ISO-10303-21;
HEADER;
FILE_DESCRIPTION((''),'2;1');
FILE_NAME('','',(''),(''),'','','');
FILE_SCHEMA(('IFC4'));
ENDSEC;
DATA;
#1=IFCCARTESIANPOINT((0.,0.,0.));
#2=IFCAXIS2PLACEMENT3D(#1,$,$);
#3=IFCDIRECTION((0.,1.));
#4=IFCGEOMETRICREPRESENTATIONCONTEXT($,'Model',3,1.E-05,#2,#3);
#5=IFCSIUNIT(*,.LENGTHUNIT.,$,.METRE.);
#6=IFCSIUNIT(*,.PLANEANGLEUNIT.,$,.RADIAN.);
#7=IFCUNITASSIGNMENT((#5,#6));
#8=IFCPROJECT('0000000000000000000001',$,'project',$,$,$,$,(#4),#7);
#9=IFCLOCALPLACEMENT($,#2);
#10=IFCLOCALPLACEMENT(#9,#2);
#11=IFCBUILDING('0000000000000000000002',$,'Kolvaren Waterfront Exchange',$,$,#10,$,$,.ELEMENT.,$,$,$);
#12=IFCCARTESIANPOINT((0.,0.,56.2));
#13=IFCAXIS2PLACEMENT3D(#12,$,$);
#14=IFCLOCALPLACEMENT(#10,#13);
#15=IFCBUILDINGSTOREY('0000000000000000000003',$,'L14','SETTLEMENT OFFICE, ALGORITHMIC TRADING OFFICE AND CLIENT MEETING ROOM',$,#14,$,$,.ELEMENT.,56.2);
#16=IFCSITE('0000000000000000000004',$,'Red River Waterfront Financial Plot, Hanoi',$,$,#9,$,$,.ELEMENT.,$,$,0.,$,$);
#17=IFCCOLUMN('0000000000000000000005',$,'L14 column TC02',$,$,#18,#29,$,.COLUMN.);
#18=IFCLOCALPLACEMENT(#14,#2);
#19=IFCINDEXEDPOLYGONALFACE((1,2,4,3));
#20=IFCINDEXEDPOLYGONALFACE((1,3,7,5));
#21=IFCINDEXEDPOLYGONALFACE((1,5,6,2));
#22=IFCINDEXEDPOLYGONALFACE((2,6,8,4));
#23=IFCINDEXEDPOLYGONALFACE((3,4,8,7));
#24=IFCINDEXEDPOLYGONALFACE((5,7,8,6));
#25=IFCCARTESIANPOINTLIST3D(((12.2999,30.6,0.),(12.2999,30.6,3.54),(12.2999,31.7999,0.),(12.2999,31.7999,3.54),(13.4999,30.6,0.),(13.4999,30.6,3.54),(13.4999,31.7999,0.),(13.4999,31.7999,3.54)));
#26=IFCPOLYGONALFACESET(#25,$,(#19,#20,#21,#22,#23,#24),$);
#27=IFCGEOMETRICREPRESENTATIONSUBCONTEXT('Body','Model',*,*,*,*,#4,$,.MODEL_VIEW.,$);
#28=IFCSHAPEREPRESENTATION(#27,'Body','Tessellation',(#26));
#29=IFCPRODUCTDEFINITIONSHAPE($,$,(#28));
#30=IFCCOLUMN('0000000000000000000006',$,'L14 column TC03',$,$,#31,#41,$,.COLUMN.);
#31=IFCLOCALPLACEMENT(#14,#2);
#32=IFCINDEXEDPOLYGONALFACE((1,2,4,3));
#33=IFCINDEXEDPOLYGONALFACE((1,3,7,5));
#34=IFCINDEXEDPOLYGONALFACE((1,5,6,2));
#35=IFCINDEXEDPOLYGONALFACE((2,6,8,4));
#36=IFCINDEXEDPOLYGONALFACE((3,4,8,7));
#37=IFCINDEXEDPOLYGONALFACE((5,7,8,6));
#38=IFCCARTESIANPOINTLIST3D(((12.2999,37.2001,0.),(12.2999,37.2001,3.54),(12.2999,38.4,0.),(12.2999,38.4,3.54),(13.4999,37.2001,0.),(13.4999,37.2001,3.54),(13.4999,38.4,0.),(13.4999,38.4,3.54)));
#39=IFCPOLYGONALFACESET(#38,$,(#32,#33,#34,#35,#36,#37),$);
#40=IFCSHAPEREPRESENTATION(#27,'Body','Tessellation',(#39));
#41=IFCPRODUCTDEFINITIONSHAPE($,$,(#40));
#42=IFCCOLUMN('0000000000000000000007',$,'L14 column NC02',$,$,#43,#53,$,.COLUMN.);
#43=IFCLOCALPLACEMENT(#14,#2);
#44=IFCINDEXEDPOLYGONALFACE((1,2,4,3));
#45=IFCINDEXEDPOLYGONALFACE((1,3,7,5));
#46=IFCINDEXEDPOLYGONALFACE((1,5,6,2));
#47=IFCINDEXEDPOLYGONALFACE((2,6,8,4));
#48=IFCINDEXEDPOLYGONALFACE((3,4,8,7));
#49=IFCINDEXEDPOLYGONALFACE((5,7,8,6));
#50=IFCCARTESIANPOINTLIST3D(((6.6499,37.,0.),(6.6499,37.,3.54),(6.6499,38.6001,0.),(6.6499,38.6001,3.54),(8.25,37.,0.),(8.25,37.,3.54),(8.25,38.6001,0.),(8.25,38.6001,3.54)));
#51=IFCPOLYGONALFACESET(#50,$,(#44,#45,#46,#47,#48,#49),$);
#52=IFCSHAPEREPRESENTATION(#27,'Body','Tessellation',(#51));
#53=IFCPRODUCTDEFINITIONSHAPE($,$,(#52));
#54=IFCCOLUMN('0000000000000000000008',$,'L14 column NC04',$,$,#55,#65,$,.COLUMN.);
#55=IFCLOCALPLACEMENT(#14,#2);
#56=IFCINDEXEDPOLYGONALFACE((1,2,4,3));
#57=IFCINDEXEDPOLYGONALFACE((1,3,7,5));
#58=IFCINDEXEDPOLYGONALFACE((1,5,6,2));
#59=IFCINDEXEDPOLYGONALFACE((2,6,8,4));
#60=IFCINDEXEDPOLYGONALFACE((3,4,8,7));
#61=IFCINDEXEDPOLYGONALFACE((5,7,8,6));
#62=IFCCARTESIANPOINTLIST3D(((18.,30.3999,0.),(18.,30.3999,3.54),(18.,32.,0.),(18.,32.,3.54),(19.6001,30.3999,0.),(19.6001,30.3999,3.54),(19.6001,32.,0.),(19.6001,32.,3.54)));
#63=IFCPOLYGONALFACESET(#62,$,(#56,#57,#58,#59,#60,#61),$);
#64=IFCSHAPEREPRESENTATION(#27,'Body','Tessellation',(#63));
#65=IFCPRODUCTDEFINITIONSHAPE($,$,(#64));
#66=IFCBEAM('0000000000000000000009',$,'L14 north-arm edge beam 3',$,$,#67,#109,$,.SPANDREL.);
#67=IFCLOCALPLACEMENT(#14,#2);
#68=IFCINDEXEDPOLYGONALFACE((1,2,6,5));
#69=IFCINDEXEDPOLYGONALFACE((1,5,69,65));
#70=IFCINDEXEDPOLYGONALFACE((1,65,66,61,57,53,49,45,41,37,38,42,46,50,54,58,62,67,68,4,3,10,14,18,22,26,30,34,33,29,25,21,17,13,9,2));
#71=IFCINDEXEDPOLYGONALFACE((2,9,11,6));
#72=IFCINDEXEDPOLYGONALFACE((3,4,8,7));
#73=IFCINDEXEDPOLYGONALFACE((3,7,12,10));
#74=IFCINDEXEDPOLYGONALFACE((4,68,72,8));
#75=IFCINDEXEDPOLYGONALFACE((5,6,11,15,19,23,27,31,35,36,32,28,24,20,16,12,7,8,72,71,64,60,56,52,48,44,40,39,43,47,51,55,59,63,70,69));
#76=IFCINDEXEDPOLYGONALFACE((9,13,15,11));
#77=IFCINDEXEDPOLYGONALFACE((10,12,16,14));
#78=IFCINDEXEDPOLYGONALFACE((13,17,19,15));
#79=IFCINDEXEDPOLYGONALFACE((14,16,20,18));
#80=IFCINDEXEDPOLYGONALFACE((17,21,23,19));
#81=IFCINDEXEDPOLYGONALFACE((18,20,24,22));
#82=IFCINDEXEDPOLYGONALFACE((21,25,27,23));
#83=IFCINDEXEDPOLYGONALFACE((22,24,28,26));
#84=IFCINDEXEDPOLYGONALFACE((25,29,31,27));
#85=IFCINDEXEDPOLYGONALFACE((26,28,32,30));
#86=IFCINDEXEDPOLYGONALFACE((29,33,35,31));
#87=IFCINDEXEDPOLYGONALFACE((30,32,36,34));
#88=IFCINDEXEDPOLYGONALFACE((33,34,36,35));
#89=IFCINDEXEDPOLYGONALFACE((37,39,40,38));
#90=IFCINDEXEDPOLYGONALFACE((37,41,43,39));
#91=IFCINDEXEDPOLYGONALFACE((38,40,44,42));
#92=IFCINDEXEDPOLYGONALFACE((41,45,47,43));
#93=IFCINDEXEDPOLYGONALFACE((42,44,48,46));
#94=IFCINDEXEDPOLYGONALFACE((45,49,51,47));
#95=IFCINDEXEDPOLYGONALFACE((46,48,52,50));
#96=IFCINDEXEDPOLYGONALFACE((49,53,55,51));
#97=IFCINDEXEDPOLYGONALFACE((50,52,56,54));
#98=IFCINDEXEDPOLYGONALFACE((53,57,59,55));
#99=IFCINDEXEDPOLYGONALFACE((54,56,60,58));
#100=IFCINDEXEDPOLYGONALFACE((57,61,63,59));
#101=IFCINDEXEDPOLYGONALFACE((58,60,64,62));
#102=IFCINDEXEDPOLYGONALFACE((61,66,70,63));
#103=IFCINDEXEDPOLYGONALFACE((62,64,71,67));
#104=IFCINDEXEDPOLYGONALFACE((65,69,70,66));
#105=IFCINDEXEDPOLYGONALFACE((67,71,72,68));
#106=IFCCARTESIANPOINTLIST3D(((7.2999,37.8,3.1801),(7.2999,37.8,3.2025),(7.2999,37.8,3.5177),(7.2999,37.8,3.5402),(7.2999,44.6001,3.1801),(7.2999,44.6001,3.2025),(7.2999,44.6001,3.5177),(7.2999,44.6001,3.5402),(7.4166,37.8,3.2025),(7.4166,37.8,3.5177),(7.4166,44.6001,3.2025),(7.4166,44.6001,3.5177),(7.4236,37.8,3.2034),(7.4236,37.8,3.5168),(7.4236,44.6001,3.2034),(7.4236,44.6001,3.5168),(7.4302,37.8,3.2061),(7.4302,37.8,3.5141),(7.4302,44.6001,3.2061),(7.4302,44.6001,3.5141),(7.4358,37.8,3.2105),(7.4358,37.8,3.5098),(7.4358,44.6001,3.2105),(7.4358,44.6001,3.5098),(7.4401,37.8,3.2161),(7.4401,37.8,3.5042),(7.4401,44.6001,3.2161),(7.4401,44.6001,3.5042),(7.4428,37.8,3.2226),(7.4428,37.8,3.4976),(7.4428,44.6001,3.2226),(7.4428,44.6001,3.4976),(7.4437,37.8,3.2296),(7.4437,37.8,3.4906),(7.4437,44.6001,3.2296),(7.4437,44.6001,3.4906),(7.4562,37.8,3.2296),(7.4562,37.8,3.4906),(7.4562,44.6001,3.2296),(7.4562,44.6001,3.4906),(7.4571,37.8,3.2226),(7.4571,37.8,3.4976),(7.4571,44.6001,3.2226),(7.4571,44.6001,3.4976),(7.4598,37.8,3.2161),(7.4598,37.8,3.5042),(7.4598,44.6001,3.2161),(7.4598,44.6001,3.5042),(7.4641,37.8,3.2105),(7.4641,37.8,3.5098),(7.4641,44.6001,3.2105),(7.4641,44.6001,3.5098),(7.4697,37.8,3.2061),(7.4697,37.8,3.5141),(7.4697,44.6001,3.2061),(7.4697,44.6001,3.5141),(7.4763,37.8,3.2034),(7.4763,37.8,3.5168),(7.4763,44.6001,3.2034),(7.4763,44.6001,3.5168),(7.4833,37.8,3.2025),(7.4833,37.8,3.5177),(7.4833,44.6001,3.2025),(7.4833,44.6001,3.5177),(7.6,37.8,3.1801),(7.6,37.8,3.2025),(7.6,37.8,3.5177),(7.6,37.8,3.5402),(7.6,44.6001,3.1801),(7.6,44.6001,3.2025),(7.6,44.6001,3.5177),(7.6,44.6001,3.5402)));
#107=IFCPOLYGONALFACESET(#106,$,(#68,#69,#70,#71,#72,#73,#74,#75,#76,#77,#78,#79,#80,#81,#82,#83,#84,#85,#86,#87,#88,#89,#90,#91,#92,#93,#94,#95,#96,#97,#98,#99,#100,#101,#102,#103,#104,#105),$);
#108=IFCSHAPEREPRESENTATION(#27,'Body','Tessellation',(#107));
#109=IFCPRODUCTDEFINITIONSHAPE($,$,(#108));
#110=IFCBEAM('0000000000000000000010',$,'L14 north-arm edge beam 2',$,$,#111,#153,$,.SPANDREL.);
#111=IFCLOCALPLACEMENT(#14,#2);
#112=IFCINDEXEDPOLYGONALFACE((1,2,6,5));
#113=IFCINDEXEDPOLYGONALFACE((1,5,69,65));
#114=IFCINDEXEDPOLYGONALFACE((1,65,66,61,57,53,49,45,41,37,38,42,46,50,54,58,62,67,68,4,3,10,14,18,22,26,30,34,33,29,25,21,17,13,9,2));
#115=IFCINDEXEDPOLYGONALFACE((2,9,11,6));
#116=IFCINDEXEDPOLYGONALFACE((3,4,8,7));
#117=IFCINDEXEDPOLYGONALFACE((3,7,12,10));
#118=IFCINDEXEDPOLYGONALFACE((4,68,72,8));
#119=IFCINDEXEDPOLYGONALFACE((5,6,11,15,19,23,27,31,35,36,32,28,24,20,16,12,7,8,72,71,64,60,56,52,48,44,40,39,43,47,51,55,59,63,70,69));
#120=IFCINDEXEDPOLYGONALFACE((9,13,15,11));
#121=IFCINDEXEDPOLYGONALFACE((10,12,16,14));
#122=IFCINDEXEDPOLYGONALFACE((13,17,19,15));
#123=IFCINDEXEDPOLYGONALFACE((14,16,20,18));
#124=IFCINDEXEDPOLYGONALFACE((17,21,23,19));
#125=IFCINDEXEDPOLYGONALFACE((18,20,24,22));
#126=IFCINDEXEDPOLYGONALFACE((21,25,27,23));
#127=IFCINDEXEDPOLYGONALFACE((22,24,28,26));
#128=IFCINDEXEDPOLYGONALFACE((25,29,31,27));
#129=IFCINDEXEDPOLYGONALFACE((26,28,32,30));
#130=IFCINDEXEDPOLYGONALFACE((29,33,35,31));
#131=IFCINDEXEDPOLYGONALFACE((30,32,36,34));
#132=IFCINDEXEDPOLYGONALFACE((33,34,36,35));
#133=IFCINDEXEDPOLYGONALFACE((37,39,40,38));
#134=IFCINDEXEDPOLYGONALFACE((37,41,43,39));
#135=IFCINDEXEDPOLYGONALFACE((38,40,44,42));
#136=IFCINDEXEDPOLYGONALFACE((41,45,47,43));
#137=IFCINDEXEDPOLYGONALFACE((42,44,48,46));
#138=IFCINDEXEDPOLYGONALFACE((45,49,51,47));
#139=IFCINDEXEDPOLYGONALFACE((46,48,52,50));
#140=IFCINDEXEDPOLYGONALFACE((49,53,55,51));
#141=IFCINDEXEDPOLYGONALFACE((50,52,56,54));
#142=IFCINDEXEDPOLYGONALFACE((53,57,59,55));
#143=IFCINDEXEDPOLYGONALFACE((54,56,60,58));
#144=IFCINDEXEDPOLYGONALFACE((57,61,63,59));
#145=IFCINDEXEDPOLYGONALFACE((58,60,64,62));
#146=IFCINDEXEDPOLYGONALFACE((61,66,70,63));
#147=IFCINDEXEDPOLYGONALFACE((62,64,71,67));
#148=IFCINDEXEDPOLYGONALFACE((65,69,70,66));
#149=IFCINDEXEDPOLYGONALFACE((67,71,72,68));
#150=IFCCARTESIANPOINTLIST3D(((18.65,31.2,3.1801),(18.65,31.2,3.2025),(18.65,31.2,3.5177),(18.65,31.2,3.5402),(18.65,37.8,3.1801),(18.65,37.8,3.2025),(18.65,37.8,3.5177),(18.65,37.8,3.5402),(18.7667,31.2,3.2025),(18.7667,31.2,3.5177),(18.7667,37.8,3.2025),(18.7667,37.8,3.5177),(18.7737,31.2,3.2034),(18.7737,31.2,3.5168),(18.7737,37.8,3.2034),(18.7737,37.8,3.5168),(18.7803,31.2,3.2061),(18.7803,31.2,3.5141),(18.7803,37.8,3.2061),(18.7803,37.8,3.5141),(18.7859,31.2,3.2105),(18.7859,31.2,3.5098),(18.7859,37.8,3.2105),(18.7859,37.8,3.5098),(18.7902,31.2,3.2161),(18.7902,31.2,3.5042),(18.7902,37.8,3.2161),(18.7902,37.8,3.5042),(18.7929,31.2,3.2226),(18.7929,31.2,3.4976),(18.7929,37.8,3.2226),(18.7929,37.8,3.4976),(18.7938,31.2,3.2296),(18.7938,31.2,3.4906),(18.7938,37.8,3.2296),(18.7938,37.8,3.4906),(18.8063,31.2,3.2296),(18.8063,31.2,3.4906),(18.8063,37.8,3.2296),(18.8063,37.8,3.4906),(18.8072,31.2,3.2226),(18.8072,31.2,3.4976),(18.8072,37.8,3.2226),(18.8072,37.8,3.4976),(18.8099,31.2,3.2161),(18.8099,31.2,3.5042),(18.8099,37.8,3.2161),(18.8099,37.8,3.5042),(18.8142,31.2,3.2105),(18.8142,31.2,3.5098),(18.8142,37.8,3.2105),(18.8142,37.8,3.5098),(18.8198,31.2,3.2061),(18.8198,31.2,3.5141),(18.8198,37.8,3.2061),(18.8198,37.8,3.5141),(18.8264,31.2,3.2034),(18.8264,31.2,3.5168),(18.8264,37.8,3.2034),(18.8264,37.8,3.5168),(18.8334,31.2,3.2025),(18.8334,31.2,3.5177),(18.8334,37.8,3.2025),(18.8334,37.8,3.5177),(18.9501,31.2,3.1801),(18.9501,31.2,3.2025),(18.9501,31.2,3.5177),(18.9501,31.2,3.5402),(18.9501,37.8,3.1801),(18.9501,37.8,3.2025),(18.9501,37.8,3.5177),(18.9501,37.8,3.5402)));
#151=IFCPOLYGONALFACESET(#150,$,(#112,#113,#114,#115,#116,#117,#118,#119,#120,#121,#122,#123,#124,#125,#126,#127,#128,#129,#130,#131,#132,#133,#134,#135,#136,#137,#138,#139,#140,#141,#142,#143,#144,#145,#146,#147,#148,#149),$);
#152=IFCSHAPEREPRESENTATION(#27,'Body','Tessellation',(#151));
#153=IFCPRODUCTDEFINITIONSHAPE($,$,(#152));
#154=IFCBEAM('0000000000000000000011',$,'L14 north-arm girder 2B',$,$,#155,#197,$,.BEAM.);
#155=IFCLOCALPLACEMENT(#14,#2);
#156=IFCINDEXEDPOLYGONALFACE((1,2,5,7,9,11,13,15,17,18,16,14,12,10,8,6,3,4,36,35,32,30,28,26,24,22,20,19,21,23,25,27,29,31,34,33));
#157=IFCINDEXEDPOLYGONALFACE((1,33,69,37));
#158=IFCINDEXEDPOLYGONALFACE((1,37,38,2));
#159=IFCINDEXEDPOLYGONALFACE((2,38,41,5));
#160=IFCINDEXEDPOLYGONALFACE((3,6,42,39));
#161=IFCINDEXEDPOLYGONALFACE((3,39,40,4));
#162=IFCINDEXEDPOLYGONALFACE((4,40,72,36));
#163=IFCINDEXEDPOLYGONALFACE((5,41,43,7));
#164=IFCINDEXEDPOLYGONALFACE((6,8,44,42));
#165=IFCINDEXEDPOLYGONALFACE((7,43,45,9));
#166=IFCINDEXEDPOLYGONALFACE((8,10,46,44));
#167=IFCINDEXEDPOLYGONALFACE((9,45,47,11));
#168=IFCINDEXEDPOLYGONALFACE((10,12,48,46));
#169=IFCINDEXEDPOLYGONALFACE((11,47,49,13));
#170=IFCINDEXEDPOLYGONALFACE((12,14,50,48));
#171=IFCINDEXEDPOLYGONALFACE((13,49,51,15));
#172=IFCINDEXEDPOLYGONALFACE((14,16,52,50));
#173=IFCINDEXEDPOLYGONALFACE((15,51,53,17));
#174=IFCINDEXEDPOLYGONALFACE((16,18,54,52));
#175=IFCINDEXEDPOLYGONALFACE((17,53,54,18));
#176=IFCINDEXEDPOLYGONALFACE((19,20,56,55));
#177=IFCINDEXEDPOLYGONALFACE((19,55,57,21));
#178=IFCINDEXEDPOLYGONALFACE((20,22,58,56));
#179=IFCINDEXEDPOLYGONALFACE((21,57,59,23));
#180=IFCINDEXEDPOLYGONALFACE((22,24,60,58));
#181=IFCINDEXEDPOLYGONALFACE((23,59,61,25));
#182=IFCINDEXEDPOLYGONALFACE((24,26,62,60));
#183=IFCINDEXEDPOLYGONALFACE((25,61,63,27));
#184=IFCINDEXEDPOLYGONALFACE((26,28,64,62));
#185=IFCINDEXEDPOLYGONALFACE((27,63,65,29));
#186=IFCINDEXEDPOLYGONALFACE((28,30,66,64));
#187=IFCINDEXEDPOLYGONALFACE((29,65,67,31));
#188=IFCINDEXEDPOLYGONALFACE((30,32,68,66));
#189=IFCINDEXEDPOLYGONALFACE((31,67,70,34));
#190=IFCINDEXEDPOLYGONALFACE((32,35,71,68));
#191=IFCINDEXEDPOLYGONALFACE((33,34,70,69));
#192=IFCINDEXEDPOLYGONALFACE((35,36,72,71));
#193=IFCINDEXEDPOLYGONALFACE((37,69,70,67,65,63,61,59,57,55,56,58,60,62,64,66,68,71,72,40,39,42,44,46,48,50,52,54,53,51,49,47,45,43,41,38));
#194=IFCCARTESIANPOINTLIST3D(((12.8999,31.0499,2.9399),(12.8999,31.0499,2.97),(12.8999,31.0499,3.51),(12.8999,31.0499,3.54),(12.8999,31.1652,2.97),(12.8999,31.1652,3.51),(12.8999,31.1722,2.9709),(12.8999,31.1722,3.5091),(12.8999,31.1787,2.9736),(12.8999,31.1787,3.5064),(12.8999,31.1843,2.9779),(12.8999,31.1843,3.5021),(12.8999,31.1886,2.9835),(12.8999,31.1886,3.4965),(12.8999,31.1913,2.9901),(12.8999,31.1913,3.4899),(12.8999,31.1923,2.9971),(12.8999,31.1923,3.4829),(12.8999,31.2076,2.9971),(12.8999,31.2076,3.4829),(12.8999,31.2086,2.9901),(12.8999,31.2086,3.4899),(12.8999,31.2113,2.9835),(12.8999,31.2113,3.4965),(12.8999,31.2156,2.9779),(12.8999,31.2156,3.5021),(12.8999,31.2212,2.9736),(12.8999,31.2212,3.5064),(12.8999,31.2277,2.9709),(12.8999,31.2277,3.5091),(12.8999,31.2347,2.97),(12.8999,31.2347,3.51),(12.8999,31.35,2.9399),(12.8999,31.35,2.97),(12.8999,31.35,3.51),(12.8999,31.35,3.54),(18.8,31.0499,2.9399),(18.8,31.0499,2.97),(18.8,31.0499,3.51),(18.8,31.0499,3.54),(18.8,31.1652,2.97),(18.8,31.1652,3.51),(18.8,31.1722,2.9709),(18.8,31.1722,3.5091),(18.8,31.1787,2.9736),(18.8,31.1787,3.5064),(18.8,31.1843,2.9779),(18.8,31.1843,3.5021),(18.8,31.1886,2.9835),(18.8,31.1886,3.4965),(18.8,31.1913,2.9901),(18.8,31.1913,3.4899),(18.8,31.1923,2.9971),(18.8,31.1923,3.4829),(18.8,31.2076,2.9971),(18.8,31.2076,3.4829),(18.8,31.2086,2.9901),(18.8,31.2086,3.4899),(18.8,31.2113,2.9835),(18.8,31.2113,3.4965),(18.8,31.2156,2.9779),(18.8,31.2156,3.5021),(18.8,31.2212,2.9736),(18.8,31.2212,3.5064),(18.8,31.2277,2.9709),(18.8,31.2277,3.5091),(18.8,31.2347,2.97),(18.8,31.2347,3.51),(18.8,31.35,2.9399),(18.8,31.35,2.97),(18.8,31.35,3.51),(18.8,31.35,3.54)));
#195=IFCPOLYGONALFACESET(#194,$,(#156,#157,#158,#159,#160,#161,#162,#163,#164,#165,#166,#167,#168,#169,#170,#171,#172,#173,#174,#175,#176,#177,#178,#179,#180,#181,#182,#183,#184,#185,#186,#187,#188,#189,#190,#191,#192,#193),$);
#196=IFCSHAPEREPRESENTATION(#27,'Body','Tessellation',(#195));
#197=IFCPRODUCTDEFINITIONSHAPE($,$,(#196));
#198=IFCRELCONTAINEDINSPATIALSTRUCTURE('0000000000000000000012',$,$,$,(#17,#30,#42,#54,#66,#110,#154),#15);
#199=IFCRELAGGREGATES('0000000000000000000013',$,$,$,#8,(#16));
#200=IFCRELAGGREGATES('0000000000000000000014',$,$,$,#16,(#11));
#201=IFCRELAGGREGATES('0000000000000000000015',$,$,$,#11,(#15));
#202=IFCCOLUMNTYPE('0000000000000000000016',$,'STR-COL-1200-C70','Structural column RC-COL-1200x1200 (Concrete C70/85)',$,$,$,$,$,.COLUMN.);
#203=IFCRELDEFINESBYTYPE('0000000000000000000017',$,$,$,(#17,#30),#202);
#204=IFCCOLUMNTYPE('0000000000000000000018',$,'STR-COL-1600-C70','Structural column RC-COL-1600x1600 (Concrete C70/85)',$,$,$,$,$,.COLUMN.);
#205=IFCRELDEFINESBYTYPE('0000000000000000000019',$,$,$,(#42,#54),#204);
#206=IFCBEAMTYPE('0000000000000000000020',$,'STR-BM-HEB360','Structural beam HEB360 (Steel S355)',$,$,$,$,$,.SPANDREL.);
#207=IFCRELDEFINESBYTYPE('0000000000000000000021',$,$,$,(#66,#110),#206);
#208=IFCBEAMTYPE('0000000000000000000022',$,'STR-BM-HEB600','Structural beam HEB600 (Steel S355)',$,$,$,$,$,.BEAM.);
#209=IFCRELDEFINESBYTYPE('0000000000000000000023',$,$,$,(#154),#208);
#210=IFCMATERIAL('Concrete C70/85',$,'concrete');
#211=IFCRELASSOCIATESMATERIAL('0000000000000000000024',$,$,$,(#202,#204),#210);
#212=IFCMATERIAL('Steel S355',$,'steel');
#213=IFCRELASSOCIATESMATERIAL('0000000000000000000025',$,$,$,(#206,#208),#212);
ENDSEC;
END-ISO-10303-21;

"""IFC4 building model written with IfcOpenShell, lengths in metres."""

from ifc_helpers import new_model, si_unit, direction, frame, origin, origin_2d, place, context, subcontext, project, spatial, rectangle, i_section, extrude, material, material_profile, profile_set, type_object, element, save


model = new_model("IFC4")

# Units and contexts
model_context = context("Model", 3, precision=1e-05, world=origin(), true_north=direction((0.0, 1.0)))
body_context = subcontext(model_context, "Body", "Model", "MODEL_VIEW")
ifc_project = project(units=[si_unit("LENGTHUNIT", "METRE"), si_unit("PLANEANGLEUNIT", "RADIAN")], contexts=[model_context])

# Site, building, storey
site_placement = place(None, origin())
site = spatial("IfcSite", under=ifc_project, at=site_placement, Name="Red River Waterfront Financial Plot, Hanoi", CompositionType="ELEMENT", RefElevation=0.0)
building_placement = place(site_placement, origin())
building = spatial("IfcBuilding", under=site, at=building_placement, Name="Kolvaren Waterfront Exchange", CompositionType="ELEMENT")
storey_placement = place(building_placement, frame((0.0, 0.0, 56.2)))
storey = spatial("IfcBuildingStorey", under=building, at=storey_placement, Name="L14", Description="SETTLEMENT OFFICE, ALGORITHMIC TRADING OFFICE AND CLIENT MEETING ROOM", CompositionType="ELEMENT", Elevation=56.2)

# Columns
ifc_material_1 = material(Name="Concrete C70/85", Category="concrete")
ifc_material_profile_1 = material_profile(ifc_material_1, rectangle(XDim=1.2, YDim=1.2, at=origin_2d()), Name="RC-COL-1200x1200")
ifc_profile_set_1 = profile_set([ifc_material_profile_1], Name="Concrete C70/85")
column_type_1 = type_object("IfcColumnType", Name="STR-COL-1200-C70", Description="Structural column RC-COL-1200x1200 (Concrete C70/85)", PredefinedType="COLUMN", material=ifc_profile_set_1)
for number, where, z_axis, x_axis, name in (
    (1, (12.8999, 31.2, 0.0), (0.0, 0.0, 1.0), (1.0, 0.0, 0.0), "L14 column TC02"),
    (2, (12.8999, 37.8, 0.0), (0.0, 0.0, 1.0), (1.0, 0.0, 0.0), "L14 column TC03"),
):
    element("IfcColumn", number, at=place(storey_placement, frame(where, z_axis=z_axis, x_axis=x_axis)), inside=storey, type_object=column_type_1, Name=name, PredefinedType="COLUMN", context=body_context, shape_type="SweptSolid", body=[
        extrude(rectangle(XDim=1.2, YDim=1.2, at=origin_2d()), origin(), (0.0, 0.0, 1.0), 3.54),
    ])
ifc_material_profile_2 = material_profile(ifc_material_1, rectangle(XDim=1.6001, YDim=1.6001, at=origin_2d()), Name="RC-COL-1600x1600")
ifc_profile_set_2 = profile_set([ifc_material_profile_2], Name="Concrete C70/85")
column_type_2 = type_object("IfcColumnType", Name="STR-COL-1600-C70", Description="Structural column RC-COL-1600x1600 (Concrete C70/85)", PredefinedType="COLUMN", material=ifc_profile_set_2)
for number, where, z_axis, x_axis, name in (
    (3, (7.45, 37.8, 0.0), (0.0, 0.0, 1.0), (1.0, 0.0, 0.0), "L14 column NC02"),
    (4, (18.8, 31.2, 0.0), (0.0, 0.0, 1.0), (1.0, 0.0, 0.0), "L14 column NC04"),
):
    element("IfcColumn", number, at=place(storey_placement, frame(where, z_axis=z_axis, x_axis=x_axis)), inside=storey, type_object=column_type_2, Name=name, PredefinedType="COLUMN", context=body_context, shape_type="SweptSolid", body=[
        extrude(rectangle(XDim=1.6001, YDim=1.6001, at=origin_2d()), origin(), (0.0, 0.0, 1.0), 3.54),
    ])

# Beams
ifc_material_2 = material(Name="Steel S355", Category="steel")
ifc_material_profile_3 = material_profile(ifc_material_2, i_section(OverallWidth=0.3, OverallDepth=0.3601, WebThickness=0.0125, FlangeThickness=0.0225, FilletRadius=0.0271, at=origin_2d()), Name="HEB360")
ifc_profile_set_3 = profile_set([ifc_material_profile_3], Name="Steel S355")
beam_type_1 = type_object("IfcBeamType", Name="STR-BM-HEB360", Description="Structural beam HEB360 (Steel S355)", PredefinedType="SPANDREL", material=ifc_profile_set_3)
beam_1_placement = place(storey_placement, frame((7.45, 37.8, 3.3601), z_axis=(0.0, 1.0, 0.0), x_axis=(-1.0, 0.0, 0.0)))
element("IfcBeam", 5, at=beam_1_placement, inside=storey, type_object=beam_type_1, Name="L14 north-arm edge beam 3", PredefinedType="SPANDREL", context=body_context, shape_type="SweptSolid", body=[
    extrude(i_section(OverallWidth=0.3, OverallDepth=0.3601, WebThickness=0.0125, FlangeThickness=0.0225, FilletRadius=0.0271, at=origin_2d()), origin(), (0.0, 0.0, 1.0), 6.8),
])
beam_2_placement = place(storey_placement, frame((18.8, 31.2, 3.3601), z_axis=(0.0, 1.0, 0.0), x_axis=(-1.0, 0.0, 0.0)))
element("IfcBeam", 6, at=beam_2_placement, inside=storey, type_object=beam_type_1, Name="L14 north-arm edge beam 2", PredefinedType="SPANDREL", context=body_context, shape_type="SweptSolid", body=[
    extrude(i_section(OverallWidth=0.3, OverallDepth=0.3601, WebThickness=0.0125, FlangeThickness=0.0225, FilletRadius=0.0271, at=origin_2d()), origin(), (0.0, 0.0, 1.0), 6.6001),
])
ifc_material_profile_4 = material_profile(ifc_material_2, i_section(OverallWidth=0.3, OverallDepth=0.6001, WebThickness=0.0154, FlangeThickness=0.03, FilletRadius=0.0271, at=origin_2d()), Name="HEB600")
ifc_profile_set_4 = profile_set([ifc_material_profile_4], Name="Steel S355")
beam_type_2 = type_object("IfcBeamType", Name="STR-BM-HEB600", Description="Structural beam HEB600 (Steel S355)", PredefinedType="BEAM", material=ifc_profile_set_4)
beam_3_placement = place(storey_placement, frame((12.8999, 31.2, 3.24), z_axis=(1.0, 0.0, 0.0), x_axis=(0.0, 1.0, 0.0)))
element("IfcBeam", 7, at=beam_3_placement, inside=storey, type_object=beam_type_2, Name="L14 north-arm girder 2B", PredefinedType="BEAM", context=body_context, shape_type="SweptSolid", body=[
    extrude(i_section(OverallWidth=0.3, OverallDepth=0.6001, WebThickness=0.0154, FlangeThickness=0.03, FilletRadius=0.0271, at=origin_2d()), origin(), (0.0, 0.0, 1.0), 5.9001),
])

save(model, "model.ifc")
